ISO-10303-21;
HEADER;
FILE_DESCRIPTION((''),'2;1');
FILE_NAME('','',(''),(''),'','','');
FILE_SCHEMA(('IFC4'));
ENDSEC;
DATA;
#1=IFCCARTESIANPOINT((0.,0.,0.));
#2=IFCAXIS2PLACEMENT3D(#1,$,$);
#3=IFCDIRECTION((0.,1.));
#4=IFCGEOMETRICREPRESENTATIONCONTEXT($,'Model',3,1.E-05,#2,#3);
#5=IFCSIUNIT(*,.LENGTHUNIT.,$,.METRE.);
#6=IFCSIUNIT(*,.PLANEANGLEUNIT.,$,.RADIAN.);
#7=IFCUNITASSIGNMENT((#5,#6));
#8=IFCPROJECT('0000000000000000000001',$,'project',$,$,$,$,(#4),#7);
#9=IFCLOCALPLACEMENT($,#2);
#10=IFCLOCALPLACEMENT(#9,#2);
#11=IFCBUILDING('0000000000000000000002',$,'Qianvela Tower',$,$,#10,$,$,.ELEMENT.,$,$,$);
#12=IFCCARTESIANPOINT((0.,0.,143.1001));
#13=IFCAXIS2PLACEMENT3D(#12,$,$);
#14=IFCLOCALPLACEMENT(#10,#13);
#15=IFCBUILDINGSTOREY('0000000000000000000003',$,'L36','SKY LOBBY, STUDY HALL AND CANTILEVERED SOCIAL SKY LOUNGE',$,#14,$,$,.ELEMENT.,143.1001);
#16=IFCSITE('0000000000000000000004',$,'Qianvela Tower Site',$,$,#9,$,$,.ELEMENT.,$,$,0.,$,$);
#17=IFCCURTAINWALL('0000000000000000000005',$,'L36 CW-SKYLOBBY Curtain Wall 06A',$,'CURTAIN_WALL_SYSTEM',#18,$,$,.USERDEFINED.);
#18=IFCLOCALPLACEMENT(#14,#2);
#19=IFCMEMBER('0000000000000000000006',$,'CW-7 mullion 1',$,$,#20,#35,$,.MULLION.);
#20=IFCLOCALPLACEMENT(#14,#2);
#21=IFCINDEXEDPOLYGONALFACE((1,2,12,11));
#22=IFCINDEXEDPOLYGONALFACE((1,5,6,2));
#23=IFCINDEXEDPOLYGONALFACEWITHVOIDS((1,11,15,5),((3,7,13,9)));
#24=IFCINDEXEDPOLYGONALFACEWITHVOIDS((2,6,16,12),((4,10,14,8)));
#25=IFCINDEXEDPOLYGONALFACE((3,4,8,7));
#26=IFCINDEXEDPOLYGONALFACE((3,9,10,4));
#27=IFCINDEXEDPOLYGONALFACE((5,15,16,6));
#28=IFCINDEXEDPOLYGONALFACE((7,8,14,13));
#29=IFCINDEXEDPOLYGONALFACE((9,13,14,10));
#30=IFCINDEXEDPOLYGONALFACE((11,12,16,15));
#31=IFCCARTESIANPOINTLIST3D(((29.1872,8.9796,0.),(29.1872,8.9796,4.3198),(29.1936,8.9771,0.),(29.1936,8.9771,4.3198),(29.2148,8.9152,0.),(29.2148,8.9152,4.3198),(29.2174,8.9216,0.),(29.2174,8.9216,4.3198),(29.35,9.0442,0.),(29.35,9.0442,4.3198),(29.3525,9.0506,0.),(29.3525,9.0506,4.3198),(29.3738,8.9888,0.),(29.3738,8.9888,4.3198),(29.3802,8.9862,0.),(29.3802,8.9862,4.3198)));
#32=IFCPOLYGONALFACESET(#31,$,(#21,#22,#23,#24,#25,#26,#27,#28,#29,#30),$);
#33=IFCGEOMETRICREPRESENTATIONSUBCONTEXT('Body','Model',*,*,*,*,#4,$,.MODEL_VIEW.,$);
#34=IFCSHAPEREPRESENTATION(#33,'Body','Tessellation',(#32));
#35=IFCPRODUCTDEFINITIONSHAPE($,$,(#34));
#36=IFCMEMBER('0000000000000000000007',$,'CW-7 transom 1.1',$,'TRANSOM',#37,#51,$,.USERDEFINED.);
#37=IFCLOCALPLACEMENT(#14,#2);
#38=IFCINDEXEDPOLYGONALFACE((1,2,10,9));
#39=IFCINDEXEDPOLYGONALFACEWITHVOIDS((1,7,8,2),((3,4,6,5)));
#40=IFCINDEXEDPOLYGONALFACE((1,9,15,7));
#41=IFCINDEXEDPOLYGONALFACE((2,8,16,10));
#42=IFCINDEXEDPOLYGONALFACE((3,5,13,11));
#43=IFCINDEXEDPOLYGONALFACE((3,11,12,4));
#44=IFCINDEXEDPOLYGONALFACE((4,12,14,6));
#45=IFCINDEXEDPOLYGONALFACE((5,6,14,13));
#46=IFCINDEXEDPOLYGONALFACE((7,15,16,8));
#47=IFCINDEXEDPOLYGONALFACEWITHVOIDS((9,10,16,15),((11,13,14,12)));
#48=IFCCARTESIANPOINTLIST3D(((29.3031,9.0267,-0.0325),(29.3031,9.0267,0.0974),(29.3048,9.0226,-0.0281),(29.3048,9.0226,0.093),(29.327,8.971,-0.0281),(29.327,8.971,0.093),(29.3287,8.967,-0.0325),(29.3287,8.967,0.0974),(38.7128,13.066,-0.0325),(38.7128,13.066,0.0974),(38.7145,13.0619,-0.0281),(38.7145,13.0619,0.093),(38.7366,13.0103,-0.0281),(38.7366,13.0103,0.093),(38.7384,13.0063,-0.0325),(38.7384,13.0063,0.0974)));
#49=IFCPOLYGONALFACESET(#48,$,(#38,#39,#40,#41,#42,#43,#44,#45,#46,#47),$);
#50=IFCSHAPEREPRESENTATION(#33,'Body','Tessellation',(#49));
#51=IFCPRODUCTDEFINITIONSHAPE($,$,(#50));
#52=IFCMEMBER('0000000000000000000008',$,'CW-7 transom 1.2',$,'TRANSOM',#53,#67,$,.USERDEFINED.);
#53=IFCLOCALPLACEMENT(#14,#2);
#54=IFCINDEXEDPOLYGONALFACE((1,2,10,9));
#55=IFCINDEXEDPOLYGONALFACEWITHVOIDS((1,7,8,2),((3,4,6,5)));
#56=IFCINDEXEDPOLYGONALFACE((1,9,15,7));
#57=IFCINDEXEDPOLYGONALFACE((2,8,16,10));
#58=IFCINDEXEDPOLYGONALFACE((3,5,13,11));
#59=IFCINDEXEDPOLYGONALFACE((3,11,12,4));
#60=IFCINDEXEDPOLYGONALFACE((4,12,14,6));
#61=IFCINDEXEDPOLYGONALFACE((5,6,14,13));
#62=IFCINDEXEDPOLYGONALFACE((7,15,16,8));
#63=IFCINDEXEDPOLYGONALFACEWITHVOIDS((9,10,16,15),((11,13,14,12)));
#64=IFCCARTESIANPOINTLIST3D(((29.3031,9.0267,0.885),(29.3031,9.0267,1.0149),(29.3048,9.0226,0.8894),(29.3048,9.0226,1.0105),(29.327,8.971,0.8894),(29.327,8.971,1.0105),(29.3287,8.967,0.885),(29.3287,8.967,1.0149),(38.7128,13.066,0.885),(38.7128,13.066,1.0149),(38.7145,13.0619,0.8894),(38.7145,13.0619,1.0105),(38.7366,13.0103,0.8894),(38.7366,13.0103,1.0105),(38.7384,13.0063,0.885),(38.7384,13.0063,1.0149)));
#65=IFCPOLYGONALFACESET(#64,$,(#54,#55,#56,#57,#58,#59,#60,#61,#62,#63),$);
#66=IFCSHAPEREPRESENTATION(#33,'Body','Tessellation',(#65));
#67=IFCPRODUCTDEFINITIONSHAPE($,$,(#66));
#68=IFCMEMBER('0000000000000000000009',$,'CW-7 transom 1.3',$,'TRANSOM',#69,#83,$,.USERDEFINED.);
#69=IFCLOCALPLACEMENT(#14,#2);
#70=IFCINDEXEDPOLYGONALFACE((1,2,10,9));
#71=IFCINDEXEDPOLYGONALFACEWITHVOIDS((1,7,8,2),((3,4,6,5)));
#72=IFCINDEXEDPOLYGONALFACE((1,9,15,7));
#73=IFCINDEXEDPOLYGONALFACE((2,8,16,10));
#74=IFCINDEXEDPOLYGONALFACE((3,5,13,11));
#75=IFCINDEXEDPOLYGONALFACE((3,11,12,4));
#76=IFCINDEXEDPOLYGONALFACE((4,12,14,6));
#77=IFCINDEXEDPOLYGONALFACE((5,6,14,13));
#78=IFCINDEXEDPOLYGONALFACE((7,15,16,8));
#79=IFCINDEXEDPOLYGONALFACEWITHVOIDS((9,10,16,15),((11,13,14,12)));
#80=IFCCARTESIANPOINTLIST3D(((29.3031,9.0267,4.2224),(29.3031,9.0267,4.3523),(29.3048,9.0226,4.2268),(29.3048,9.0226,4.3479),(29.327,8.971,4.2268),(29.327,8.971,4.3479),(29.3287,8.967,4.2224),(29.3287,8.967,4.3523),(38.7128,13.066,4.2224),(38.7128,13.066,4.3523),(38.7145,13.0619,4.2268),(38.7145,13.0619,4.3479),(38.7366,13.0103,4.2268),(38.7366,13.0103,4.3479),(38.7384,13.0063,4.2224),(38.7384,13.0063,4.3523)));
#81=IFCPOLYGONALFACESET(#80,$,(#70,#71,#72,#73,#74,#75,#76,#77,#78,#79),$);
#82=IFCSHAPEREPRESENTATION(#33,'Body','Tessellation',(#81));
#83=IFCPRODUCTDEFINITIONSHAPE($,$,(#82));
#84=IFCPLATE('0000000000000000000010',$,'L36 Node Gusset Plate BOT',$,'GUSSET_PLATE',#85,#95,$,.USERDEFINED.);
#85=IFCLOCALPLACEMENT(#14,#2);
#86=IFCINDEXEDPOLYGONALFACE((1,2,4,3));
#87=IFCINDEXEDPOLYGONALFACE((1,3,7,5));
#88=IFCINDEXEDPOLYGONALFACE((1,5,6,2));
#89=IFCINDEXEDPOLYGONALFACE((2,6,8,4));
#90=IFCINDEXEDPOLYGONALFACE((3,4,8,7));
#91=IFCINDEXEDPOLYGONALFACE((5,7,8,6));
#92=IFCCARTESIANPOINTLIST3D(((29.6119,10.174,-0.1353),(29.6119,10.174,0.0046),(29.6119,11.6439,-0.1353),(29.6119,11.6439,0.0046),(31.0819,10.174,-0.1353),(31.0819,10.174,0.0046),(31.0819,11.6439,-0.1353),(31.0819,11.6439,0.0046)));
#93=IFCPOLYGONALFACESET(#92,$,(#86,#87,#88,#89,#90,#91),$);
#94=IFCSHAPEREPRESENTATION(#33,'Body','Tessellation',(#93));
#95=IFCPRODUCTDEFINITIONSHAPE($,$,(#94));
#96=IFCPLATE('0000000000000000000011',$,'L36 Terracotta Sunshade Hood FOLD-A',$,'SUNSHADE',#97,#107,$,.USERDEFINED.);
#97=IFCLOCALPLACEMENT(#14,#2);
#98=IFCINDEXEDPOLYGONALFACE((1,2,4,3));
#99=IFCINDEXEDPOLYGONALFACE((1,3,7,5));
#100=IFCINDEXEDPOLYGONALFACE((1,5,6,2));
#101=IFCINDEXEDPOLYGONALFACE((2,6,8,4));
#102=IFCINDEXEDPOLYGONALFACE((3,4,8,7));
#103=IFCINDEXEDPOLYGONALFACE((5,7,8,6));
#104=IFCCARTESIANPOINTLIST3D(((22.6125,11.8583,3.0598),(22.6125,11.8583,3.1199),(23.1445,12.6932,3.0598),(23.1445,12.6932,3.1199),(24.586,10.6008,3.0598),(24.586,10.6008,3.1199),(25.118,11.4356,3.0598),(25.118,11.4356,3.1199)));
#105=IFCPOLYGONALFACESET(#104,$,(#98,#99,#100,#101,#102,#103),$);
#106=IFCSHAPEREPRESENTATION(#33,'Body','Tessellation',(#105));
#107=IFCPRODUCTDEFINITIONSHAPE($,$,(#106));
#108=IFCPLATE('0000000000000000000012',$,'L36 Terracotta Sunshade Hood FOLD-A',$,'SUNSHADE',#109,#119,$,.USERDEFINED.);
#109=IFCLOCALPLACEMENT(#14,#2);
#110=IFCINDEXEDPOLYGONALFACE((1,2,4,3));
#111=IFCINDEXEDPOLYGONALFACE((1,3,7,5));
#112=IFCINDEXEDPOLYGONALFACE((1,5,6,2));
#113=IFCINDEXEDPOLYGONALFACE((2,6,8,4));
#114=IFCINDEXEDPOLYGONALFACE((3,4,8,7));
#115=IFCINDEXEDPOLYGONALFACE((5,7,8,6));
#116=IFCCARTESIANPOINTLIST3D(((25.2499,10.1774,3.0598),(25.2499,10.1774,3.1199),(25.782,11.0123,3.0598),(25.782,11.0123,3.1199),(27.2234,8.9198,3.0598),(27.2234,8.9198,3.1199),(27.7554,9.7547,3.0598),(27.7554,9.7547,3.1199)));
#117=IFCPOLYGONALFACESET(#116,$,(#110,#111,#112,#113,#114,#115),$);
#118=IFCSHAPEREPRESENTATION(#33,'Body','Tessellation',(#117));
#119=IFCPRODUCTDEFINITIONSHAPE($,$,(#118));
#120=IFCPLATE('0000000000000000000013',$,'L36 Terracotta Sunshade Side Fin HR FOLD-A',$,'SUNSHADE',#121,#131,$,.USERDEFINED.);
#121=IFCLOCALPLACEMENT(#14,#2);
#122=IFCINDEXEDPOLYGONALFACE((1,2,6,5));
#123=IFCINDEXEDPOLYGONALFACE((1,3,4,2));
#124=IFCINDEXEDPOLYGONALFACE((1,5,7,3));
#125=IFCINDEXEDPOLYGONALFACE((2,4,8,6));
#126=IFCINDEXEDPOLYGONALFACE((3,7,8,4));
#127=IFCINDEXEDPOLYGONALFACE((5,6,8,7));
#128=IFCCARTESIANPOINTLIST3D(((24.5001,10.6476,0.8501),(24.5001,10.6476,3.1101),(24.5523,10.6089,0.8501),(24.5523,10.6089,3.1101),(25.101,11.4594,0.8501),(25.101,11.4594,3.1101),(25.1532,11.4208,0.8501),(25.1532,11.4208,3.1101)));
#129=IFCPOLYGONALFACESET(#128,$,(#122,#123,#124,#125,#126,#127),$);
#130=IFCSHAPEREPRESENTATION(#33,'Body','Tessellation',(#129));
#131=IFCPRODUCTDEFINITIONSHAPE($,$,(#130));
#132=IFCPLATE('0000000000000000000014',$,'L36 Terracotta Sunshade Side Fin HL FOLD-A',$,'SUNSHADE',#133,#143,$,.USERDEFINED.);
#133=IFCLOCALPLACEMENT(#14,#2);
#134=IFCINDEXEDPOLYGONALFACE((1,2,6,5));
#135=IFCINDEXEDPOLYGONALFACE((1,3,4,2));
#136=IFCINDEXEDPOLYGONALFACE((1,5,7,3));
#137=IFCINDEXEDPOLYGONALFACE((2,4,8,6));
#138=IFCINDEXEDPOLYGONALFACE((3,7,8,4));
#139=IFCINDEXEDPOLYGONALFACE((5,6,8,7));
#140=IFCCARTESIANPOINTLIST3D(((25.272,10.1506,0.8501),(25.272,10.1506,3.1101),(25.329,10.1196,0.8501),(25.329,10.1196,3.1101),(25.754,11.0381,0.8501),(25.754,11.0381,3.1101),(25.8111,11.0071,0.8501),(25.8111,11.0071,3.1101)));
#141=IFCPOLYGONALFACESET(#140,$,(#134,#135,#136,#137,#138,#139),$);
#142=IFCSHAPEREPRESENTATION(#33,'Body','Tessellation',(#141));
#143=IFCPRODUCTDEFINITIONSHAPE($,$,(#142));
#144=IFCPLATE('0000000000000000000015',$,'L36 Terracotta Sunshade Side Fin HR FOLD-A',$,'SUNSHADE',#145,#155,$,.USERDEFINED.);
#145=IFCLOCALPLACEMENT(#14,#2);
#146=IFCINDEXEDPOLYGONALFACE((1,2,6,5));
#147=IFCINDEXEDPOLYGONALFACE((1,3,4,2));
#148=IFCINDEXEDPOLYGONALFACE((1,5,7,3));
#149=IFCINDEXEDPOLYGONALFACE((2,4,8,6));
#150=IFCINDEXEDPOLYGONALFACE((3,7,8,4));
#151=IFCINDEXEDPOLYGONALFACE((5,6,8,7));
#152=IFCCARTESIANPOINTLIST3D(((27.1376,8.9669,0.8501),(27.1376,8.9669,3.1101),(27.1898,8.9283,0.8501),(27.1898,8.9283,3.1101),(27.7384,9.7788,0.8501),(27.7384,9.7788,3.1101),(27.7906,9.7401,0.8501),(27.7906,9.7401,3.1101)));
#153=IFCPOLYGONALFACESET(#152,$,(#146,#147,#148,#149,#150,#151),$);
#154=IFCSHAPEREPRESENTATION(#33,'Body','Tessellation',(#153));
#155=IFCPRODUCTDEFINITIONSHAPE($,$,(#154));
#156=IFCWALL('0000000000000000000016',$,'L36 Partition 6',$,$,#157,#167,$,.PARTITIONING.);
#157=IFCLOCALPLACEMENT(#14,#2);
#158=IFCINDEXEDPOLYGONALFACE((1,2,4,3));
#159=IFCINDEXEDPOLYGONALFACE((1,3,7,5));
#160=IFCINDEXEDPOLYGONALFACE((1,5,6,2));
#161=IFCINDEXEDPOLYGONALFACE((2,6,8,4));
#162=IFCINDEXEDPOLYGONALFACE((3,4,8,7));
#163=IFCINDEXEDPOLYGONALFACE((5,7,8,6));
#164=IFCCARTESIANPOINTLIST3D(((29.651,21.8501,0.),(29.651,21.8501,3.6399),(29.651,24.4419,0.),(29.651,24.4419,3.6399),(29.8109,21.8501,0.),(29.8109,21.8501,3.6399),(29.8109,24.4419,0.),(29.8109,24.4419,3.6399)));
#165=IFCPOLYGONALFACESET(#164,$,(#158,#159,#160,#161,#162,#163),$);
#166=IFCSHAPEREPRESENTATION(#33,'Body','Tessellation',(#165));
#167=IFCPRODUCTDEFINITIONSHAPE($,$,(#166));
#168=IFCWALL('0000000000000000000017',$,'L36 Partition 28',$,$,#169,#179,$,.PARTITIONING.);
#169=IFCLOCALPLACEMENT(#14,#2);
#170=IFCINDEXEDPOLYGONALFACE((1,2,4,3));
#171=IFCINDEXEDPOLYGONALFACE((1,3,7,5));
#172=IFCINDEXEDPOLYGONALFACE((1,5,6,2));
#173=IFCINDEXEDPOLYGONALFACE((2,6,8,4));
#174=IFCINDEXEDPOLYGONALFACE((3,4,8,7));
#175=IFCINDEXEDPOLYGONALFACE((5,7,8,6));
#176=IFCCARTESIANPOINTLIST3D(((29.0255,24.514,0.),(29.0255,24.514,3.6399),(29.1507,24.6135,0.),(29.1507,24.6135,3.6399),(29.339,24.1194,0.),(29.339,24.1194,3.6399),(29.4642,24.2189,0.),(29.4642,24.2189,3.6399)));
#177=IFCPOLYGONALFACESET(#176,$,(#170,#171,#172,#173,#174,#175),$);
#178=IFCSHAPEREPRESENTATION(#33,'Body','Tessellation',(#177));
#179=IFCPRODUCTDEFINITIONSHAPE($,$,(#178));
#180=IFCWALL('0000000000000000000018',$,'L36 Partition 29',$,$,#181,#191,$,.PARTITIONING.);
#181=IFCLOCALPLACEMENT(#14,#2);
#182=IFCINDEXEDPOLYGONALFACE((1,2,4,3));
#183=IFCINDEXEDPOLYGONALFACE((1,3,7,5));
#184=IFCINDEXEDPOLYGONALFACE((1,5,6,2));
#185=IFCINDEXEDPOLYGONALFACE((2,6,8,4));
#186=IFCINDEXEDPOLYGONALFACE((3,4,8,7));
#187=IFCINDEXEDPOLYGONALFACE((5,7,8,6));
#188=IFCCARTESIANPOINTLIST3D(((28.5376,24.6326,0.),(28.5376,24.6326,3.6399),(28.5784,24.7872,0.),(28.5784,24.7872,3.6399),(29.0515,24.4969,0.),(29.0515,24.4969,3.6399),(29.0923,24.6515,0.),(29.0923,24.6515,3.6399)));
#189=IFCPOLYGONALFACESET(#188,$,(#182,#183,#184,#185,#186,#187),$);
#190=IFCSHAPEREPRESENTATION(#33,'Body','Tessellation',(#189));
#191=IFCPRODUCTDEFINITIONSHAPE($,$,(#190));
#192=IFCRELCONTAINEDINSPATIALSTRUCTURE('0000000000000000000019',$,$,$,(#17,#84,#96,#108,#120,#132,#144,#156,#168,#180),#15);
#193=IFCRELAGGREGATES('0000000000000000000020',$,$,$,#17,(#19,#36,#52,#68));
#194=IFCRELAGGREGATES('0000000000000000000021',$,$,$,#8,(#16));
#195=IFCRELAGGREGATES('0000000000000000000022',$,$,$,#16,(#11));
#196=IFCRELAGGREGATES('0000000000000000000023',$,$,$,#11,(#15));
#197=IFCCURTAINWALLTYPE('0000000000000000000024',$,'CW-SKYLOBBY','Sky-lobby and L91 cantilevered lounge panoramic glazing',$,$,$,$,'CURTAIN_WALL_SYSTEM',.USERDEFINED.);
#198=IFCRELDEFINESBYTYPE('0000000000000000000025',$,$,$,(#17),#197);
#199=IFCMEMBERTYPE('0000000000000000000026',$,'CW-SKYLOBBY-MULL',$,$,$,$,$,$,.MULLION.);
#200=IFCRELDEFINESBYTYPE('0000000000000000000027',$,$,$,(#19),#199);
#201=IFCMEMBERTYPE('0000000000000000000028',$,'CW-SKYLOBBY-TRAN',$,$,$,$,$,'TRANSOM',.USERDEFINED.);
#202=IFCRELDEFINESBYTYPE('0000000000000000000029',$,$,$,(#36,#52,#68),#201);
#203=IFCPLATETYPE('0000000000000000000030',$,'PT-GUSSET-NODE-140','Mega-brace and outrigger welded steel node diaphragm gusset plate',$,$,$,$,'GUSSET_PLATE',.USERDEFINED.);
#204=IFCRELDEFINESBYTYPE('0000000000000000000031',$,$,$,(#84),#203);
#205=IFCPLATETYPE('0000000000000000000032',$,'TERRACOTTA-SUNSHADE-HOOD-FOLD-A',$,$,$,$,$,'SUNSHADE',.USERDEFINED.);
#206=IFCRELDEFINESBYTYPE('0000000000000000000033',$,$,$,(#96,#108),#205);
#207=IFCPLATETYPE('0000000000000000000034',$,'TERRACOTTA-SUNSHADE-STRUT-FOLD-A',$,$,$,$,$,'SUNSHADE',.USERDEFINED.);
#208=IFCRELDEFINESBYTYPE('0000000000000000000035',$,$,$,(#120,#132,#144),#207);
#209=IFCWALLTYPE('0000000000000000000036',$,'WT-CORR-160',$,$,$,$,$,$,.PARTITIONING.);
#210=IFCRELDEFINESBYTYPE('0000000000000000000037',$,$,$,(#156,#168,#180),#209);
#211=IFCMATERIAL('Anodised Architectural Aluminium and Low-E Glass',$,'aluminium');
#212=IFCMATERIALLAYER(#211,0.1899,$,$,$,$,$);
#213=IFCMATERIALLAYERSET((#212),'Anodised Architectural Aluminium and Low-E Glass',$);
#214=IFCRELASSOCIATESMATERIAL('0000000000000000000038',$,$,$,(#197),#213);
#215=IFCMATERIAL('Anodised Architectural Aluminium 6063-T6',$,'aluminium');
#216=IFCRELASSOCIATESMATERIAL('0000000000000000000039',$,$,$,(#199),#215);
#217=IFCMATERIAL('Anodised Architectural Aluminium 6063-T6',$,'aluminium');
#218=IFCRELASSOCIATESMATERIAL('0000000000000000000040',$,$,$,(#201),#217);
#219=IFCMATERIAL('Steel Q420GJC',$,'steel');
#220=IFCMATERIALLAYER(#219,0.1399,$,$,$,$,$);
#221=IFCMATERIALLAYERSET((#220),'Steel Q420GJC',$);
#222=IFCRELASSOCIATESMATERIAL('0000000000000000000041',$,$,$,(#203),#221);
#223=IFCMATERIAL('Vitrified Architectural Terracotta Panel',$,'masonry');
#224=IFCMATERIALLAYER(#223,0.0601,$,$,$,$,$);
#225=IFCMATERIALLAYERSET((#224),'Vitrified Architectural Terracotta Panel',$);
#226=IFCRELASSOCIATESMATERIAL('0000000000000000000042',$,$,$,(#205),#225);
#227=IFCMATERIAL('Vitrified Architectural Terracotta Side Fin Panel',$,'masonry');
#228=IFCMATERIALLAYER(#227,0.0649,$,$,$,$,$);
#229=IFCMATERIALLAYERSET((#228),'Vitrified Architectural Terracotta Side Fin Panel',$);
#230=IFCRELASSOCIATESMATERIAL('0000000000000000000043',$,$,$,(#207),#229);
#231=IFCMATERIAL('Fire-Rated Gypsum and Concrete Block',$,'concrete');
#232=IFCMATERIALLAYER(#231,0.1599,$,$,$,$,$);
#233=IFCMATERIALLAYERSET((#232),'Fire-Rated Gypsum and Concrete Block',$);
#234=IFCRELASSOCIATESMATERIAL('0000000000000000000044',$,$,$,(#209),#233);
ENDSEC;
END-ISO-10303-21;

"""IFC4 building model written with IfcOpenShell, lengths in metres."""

from ifc_helpers import new_model, si_unit, direction, frame, frame_2d, origin, origin_2d, place, context, subcontext, project, spatial, rectangle, hollow_rectangle, extrude, material, layer, layer_set, material_profile, profile_set, type_object, element, aggregate, save


model = new_model("IFC4")

# Units and contexts
model_context = context("Model", 3, precision=1e-05, world=origin(), true_north=direction((0.0, 1.0)))
body_context = subcontext(model_context, "Body", "Model", "MODEL_VIEW")
ifc_project = project(units=[si_unit("LENGTHUNIT", "METRE"), si_unit("PLANEANGLEUNIT", "RADIAN")], contexts=[model_context])

# Site, building, storey
site_placement = place(None, origin())
site = spatial("IfcSite", under=ifc_project, at=site_placement, Name="Qianvela Tower Site", CompositionType="ELEMENT", RefElevation=0.0)
building_placement = place(site_placement, origin())
building = spatial("IfcBuilding", under=site, at=building_placement, Name="Qianvela Tower", CompositionType="ELEMENT")
storey_placement = place(building_placement, frame((0.0, 0.0, 143.1001)))
storey = spatial("IfcBuildingStorey", under=building, at=storey_placement, Name="L36", Description="SKY LOBBY, STUDY HALL AND CANTILEVERED SOCIAL SKY LOUNGE", CompositionType="ELEMENT", Elevation=143.1001)

# Curtain wall, members
ifc_material_1 = material(Name="Anodised Architectural Aluminium and Low-E Glass", Category="aluminium")
ifc_layer_1 = layer(ifc_material_1, 0.1899)
ifc_layer_set_1 = layer_set([ifc_layer_1], Name="Anodised Architectural Aluminium and Low-E Glass")
curtain_wall_type = type_object("IfcCurtainWallType", Name="CW-SKYLOBBY", Description="Sky-lobby and L91 cantilevered lounge panoramic glazing", ElementType="CURTAIN_WALL_SYSTEM", PredefinedType="USERDEFINED", material=ifc_layer_set_1)
curtain_wall_placement = place(storey_placement, origin())
curtain_wall = element("IfcCurtainWall", 1, at=curtain_wall_placement, inside=storey, type_object=curtain_wall_type, Name="L36 CW-SKYLOBBY Curtain Wall 06A", ObjectType="CURTAIN_WALL_SYSTEM", PredefinedType="USERDEFINED")
ifc_material_2 = material(Name="Anodised Architectural Aluminium 6063-T6", Category="aluminium")
ifc_material_profile_1 = material_profile(ifc_material_2, hollow_rectangle(XDim=0.0701, YDim=0.1799, WallThickness=0.0049, at=origin_2d()), Name="ALU-MULL-70x180")
ifc_profile_set_1 = profile_set([ifc_material_profile_1], Name="Anodised Architectural Aluminium 6063-T6")
member_type_1 = type_object("IfcMemberType", Name="CW-SKYLOBBY-MULL", PredefinedType="MULLION", material=ifc_profile_set_1)
member_1_placement = place(storey_placement, frame((29.2837, 8.9829, 0.0), z_axis=(0.0, 0.0, 1.0), x_axis=(-0.394469, 0.918909, 0.0)))
member_1 = element("IfcMember", 2, at=member_1_placement, type_object=member_type_1, Name="CW-7 mullion 1", PredefinedType="MULLION", context=body_context, shape_type="SweptSolid", body=[
    extrude(hollow_rectangle(XDim=0.0701, YDim=0.1799, WallThickness=0.0049, at=origin_2d()), origin(), (0.0, 0.0, 1.0), 4.3198),
])
ifc_material_3 = material(Name="Anodised Architectural Aluminium 6063-T6", Category="aluminium")
ifc_material_profile_2 = material_profile(ifc_material_3, hollow_rectangle(XDim=0.0649, YDim=0.1299, WallThickness=0.0044, at=origin_2d()), Name="ALU-TRAN-65x130")
ifc_profile_set_2 = profile_set([ifc_material_profile_2], Name="Anodised Architectural Aluminium 6063-T6")
member_type_2 = type_object("IfcMemberType", Name="CW-SKYLOBBY-TRAN", ElementType="TRANSOM", PredefinedType="USERDEFINED", material=ifc_profile_set_2)
member_2_placement = place(storey_placement, frame((29.3159, 8.9968, 0.0325), z_axis=(0.918912, 0.394463, 0.0), x_axis=(-0.394463, 0.918912, 0.0)))
member_2 = element("IfcMember", 3, at=member_2_placement, type_object=member_type_2, Name="CW-7 transom 1.1", ObjectType="TRANSOM", PredefinedType="USERDEFINED", context=body_context, shape_type="SweptSolid", body=[
    extrude(hollow_rectangle(XDim=0.0649, YDim=0.1299, WallThickness=0.0044, at=origin_2d()), origin(), (0.0, 0.0, 1.0), 10.24),
])
member_3_placement = place(storey_placement, frame((29.3159, 8.9968, 0.95), z_axis=(0.918912, 0.394463, 0.0), x_axis=(-0.394463, 0.918912, 0.0)))
member_3 = element("IfcMember", 4, at=member_3_placement, type_object=member_type_2, Name="CW-7 transom 1.2", ObjectType="TRANSOM", PredefinedType="USERDEFINED", context=body_context, shape_type="SweptSolid", body=[
    extrude(hollow_rectangle(XDim=0.0649, YDim=0.1299, WallThickness=0.0044, at=origin_2d()), origin(), (0.0, 0.0, 1.0), 10.24),
])
member_4_placement = place(storey_placement, frame((29.3159, 8.9968, 4.2874), z_axis=(0.918912, 0.394463, 0.0), x_axis=(-0.394463, 0.918912, 0.0)))
member_4 = element("IfcMember", 5, at=member_4_placement, type_object=member_type_2, Name="CW-7 transom 1.3", ObjectType="TRANSOM", PredefinedType="USERDEFINED", context=body_context, shape_type="SweptSolid", body=[
    extrude(hollow_rectangle(XDim=0.0649, YDim=0.1299, WallThickness=0.0044, at=origin_2d()), origin(), (0.0, 0.0, 1.0), 10.24),
])
aggregate(curtain_wall, [member_1, member_2, member_3, member_4])

# Plates
ifc_material_4 = material(Name="Steel Q420GJC", Category="steel")
ifc_layer_2 = layer(ifc_material_4, 0.1399)
ifc_layer_set_2 = layer_set([ifc_layer_2], Name="Steel Q420GJC")
plate_type_1 = type_object("IfcPlateType", Name="PT-GUSSET-NODE-140", Description="Mega-brace and outrigger welded steel node diaphragm gusset plate", ElementType="GUSSET_PLATE", PredefinedType="USERDEFINED", material=ifc_layer_set_2)
plate_placement = place(storey_placement, frame((30.3469, 10.9089, -0.1353), z_axis=(0.0, 0.0, 1.0), x_axis=(1.0, 0.0, 0.0)))
element("IfcPlate", 6, at=plate_placement, inside=storey, type_object=plate_type_1, Name="L36 Node Gusset Plate BOT", ObjectType="GUSSET_PLATE", PredefinedType="USERDEFINED", context=body_context, shape_type="SweptSolid", body=[
    extrude(rectangle(XDim=1.47, YDim=1.47, at=origin_2d()), origin(), (0.0, 0.0, 1.0), 0.1399),
])
ifc_material_5 = material(Name="Vitrified Architectural Terracotta Panel", Category="masonry")
ifc_layer_3 = layer(ifc_material_5, 0.0601)
ifc_layer_set_3 = layer_set([ifc_layer_3], Name="Vitrified Architectural Terracotta Panel")
plate_type_2 = type_object("IfcPlateType", Name="TERRACOTTA-SUNSHADE-HOOD-FOLD-A", ElementType="SUNSHADE", PredefinedType="USERDEFINED", material=ifc_layer_set_3)
for number, where, z_axis, x_axis, name in (
    (7, (23.8652, 11.647, 3.0598), (0.0, 0.0, 1.0), (0.843334, -0.537389, 0.0), "L36 Terracotta Sunshade Hood FOLD-A"),
    (8, (26.5027, 9.9661, 3.0598), (0.0, 0.0, 1.0), (0.843334, -0.537389, 0.0), "L36 Terracotta Sunshade Hood FOLD-A"),
):
    element("IfcPlate", number, at=place(storey_placement, frame(where, z_axis=z_axis, x_axis=x_axis)), inside=storey, type_object=plate_type_2, Name=name, ObjectType="SUNSHADE", PredefinedType="USERDEFINED", context=body_context, shape_type="SweptSolid", body=[
        extrude(rectangle(XDim=2.3401, YDim=0.99, at=origin_2d()), origin(), (0.0, 0.0, 1.0), 0.0601),
    ])
ifc_material_6 = material(Name="Vitrified Architectural Terracotta Side Fin Panel", Category="masonry")
ifc_layer_4 = layer(ifc_material_6, 0.0649)
ifc_layer_set_4 = layer_set([ifc_layer_4], Name="Vitrified Architectural Terracotta Side Fin Panel")
plate_type_3 = type_object("IfcPlateType", Name="TERRACOTTA-SUNSHADE-STRUT-FOLD-A", ElementType="SUNSHADE", PredefinedType="USERDEFINED", material=ifc_layer_set_4)
for number, where, z_axis, x_axis, name in (
    (9, (24.8267, 11.0342, 0.8501), (0.0, 0.0, 1.0), (0.803794, -0.594908, 0.0), "L36 Terracotta Sunshade Side Fin HR FOLD-A"),
    (10, (25.5415, 10.5789, 0.8501), (0.0, 0.0, 1.0), (0.878766, -0.477252, 0.0), "L36 Terracotta Sunshade Side Fin HL FOLD-A"),
    (11, (27.4641, 9.3535, 0.8501), (0.0, 0.0, 1.0), (0.803794, -0.594908, 0.0), "L36 Terracotta Sunshade Side Fin HR FOLD-A"),
):
    element("IfcPlate", number, at=place(storey_placement, frame(where, z_axis=z_axis, x_axis=x_axis)), inside=storey, type_object=plate_type_3, Name=name, ObjectType="SUNSHADE", PredefinedType="USERDEFINED", context=body_context, shape_type="SweptSolid", body=[
        extrude(rectangle(XDim=0.0649, YDim=1.01, at=origin_2d()), origin(), (0.0, 0.0, 1.0), 2.26),
    ])

# Walls
ifc_material_7 = material(Name="Fire-Rated Gypsum and Concrete Block", Category="concrete")
ifc_layer_5 = layer(ifc_material_7, 0.1599)
ifc_layer_set_5 = layer_set([ifc_layer_5], Name="Fire-Rated Gypsum and Concrete Block")
wall_type_1 = type_object("IfcWallType", Name="WT-CORR-160", PredefinedType="PARTITIONING", material=ifc_layer_set_5)
wall_1_placement = place(storey_placement, frame((29.731, 21.8501, 0.0), z_axis=(0.0, 0.0, 1.0), x_axis=(0.0, 1.0, 0.0)))
element("IfcWall", 12, at=wall_1_placement, inside=storey, type_object=wall_type_1, Name="L36 Partition 6", PredefinedType="PARTITIONING", context=body_context, shape_type="SweptSolid", body=[
    extrude(rectangle(XDim=2.5918, YDim=0.1599, at=frame_2d((1.2959, 0.0))), origin(), (0.0, 0.0, 1.0), 3.6399),
])
wall_2_placement = place(storey_placement, frame((29.4016, 24.1692, 0.0), z_axis=(0.0, 0.0, 1.0), x_axis=(-0.622092, 0.782944, 0.0)))
element("IfcWall", 13, at=wall_2_placement, inside=storey, type_object=wall_type_1, Name="L36 Partition 28", PredefinedType="PARTITIONING", context=body_context, shape_type="SweptSolid", body=[
    extrude(rectangle(XDim=0.5039, YDim=0.1599, at=frame_2d((0.252, 0.0))), origin(), (0.0, 0.0, 1.0), 3.6399),
])
wall_3_placement = place(storey_placement, frame((29.0718, 24.5742, 0.0), z_axis=(0.0, 0.0, 1.0), x_axis=(-0.966842, 0.255375, 0.0)))
element("IfcWall", 14, at=wall_3_placement, inside=storey, type_object=wall_type_1, Name="L36 Partition 29", PredefinedType="PARTITIONING", context=body_context, shape_type="SweptSolid", body=[
    extrude(rectangle(XDim=0.5315, YDim=0.1599, at=frame_2d((0.2656, 0.0))), origin(), (0.0, 0.0, 1.0), 3.6399),
])

save(model, "model.ifc")
